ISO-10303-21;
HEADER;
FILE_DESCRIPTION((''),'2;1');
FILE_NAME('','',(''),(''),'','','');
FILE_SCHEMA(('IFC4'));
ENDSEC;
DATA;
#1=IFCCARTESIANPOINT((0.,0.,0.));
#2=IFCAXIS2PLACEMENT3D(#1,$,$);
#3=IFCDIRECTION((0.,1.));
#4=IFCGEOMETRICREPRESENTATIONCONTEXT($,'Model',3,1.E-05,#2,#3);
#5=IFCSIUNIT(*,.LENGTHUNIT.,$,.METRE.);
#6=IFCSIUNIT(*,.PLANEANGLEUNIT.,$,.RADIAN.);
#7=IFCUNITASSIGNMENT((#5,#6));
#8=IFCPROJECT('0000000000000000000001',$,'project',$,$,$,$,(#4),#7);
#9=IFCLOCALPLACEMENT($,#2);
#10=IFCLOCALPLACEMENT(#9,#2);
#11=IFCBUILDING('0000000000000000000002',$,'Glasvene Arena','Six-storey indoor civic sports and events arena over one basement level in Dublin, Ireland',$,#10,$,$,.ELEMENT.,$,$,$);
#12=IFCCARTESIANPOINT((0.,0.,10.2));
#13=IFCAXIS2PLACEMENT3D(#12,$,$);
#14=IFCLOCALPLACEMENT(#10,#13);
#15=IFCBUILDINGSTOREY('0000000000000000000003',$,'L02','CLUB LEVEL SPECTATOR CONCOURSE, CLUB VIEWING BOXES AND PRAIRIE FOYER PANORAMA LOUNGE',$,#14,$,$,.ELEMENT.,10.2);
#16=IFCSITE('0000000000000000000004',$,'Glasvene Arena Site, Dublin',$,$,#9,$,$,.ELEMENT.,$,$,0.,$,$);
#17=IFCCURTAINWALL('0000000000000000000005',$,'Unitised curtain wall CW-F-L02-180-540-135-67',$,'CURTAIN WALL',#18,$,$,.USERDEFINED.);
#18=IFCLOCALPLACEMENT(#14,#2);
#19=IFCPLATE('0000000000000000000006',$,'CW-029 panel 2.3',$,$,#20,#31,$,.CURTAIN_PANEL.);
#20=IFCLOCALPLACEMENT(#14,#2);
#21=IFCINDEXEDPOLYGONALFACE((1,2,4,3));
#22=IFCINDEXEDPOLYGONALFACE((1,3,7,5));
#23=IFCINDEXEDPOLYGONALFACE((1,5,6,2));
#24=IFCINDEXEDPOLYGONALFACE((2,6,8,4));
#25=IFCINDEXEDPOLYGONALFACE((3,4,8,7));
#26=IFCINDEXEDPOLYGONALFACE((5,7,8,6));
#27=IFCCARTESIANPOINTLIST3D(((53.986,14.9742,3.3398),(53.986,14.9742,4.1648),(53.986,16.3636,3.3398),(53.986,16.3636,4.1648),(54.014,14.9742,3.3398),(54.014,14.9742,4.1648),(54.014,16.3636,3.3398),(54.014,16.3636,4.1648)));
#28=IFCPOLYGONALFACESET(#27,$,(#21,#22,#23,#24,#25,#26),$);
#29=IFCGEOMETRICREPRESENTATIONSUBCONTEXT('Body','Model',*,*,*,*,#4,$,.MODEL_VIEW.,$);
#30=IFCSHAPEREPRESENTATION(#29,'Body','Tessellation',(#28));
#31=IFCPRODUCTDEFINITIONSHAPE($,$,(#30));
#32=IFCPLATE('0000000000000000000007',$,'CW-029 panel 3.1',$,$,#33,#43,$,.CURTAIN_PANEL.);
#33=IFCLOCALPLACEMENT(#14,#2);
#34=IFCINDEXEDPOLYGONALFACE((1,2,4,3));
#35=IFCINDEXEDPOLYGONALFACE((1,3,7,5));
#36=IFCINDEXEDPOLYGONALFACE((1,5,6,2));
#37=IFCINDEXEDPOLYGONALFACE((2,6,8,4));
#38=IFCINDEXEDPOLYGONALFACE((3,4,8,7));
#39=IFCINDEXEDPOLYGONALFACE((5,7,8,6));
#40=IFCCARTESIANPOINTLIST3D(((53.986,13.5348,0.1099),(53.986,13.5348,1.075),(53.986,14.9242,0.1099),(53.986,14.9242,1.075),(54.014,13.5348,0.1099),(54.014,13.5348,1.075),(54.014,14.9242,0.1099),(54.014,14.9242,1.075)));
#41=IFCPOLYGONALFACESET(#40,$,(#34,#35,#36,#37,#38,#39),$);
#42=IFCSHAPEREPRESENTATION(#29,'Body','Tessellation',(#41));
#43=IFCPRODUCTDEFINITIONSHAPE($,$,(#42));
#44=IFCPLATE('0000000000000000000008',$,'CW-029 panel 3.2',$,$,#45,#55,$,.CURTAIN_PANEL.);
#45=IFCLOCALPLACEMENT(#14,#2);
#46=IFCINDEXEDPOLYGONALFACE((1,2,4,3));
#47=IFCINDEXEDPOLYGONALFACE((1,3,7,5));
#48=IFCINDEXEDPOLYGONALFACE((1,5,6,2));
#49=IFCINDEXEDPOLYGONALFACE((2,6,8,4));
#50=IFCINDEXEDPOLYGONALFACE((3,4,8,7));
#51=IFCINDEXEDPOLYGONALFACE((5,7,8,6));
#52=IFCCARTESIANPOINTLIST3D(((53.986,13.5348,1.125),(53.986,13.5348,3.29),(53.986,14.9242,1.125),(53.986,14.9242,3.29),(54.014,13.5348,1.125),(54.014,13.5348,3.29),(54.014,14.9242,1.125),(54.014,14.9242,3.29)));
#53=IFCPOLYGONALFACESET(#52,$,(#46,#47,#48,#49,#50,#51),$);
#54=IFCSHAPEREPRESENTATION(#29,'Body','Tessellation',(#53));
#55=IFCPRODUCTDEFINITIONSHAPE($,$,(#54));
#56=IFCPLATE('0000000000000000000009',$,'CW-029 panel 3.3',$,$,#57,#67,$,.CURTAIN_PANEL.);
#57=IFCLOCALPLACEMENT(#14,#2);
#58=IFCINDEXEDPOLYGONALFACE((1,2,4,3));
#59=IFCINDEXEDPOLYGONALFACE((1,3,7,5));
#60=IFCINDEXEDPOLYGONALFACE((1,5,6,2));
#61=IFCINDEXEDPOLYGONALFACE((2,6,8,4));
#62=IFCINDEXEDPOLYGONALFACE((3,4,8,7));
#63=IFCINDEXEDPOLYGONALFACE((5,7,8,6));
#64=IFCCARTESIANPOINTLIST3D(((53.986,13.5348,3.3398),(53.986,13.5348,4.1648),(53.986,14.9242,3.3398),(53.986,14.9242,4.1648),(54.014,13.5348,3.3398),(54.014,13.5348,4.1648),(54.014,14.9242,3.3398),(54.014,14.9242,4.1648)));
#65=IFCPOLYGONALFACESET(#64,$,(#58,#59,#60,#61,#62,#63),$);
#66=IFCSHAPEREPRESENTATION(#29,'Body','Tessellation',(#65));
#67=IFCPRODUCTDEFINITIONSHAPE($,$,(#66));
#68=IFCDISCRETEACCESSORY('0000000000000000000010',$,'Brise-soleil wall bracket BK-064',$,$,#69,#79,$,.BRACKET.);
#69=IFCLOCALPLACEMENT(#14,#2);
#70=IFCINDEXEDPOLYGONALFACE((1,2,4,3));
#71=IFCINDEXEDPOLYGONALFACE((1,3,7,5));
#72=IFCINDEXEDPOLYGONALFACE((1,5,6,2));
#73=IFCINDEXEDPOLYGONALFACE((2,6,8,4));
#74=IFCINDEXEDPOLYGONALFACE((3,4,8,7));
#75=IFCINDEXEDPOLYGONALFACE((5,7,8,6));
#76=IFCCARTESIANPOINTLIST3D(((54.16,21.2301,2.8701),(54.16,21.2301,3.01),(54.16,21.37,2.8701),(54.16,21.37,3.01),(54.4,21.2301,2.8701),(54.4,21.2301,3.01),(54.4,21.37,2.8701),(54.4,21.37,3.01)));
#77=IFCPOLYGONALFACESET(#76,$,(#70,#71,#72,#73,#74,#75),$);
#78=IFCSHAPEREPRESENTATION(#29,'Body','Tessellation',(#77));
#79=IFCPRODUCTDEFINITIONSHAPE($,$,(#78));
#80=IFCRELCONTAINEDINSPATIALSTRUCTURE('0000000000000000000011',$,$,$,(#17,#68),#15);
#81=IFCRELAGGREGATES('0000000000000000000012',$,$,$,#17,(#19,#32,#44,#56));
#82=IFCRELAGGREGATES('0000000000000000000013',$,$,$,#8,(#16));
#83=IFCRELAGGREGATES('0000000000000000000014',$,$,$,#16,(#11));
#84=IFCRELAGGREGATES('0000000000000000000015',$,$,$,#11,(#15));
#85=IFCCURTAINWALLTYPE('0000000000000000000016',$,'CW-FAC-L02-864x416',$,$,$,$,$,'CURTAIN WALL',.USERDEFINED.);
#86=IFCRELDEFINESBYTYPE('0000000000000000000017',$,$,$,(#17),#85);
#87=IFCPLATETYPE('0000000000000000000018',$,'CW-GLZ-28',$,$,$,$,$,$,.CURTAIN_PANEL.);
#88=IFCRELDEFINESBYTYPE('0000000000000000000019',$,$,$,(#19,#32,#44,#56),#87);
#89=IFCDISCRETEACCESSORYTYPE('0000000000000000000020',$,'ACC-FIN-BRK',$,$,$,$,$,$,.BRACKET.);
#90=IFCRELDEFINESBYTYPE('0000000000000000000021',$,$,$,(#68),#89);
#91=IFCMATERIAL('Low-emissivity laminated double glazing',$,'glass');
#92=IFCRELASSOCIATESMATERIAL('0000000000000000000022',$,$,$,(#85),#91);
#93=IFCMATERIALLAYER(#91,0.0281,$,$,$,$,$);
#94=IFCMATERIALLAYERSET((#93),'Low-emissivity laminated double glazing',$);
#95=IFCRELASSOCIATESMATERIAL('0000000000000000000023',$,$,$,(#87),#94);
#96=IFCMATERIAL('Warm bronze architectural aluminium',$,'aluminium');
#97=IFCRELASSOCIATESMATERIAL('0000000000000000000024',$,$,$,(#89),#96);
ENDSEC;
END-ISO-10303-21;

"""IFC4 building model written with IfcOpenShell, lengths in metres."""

from ifc_helpers import new_model, si_unit, direction, frame, origin, origin_2d, place, context, subcontext, project, spatial, rectangle, extrude, material, layer, layer_set, type_object, element, aggregate, save


model = new_model("IFC4")

# Units and contexts
model_context = context("Model", 3, precision=1e-05, world=origin(), true_north=direction((0.0, 1.0)))
body_context = subcontext(model_context, "Body", "Model", "MODEL_VIEW")
ifc_project = project(units=[si_unit("LENGTHUNIT", "METRE"), si_unit("PLANEANGLEUNIT", "RADIAN")], contexts=[model_context])

# Site, building, storey
site_placement = place(None, origin())
site = spatial("IfcSite", under=ifc_project, at=site_placement, Name="Glasvene Arena Site, Dublin", CompositionType="ELEMENT", RefElevation=0.0)
building_placement = place(site_placement, origin())
building = spatial("IfcBuilding", under=site, at=building_placement, Name="Glasvene Arena", Description="Six-storey indoor civic sports and events arena over one basement level in Dublin, Ireland", CompositionType="ELEMENT")
storey_placement = place(building_placement, frame((0.0, 0.0, 10.2)))
storey = spatial("IfcBuildingStorey", under=building, at=storey_placement, Name="L02", Description="CLUB LEVEL SPECTATOR CONCOURSE, CLUB VIEWING BOXES AND PRAIRIE FOYER PANORAMA LOUNGE", CompositionType="ELEMENT", Elevation=10.2)

# Shared definitions
ifc_material_1 = material(Name="Low-emissivity laminated double glazing", Category="glass")

# Curtain wall
curtain_wall_type_1 = type_object("IfcCurtainWallType", Name="CW-FAC-L02-864x416", ElementType="CURTAIN WALL", PredefinedType="USERDEFINED", material=ifc_material_1)
curtain_wall_1_placement = place(storey_placement, frame((54.0, 17.8279, 0.0)))
curtain_wall_1 = element("IfcCurtainWall", 1, at=curtain_wall_1_placement, inside=storey, type_object=curtain_wall_type_1, Name="Unitised curtain wall CW-F-L02-180-540-135-67", ObjectType="CURTAIN WALL", PredefinedType="USERDEFINED")

# Plates
ifc_layer = layer(ifc_material_1, 0.0281)
ifc_layer_set = layer_set([ifc_layer], Name="Low-emissivity laminated double glazing")
plate_type = type_object("IfcPlateType", Name="CW-GLZ-28", PredefinedType="CURTAIN_PANEL", material=ifc_layer_set)
plate_1_placement = place(storey_placement, frame((54.0, 15.6689, 3.3398), z_axis=(0.0, 0.0, 1.0), x_axis=(0.0, -1.0, 0.0)))
plate_1 = element("IfcPlate", 2, at=plate_1_placement, type_object=plate_type, Name="CW-029 panel 2.3", PredefinedType="CURTAIN_PANEL", context=body_context, shape_type="SweptSolid", body=[
    extrude(rectangle(XDim=1.3894, YDim=0.0281, at=origin_2d()), origin(), (0.0, 0.0, 1.0), 0.825),
])
plate_2_placement = place(storey_placement, frame((54.0, 14.2295, 0.1099), z_axis=(0.0, 0.0, 1.0), x_axis=(0.0, -1.0, 0.0)))
plate_2 = element("IfcPlate", 3, at=plate_2_placement, type_object=plate_type, Name="CW-029 panel 3.1", PredefinedType="CURTAIN_PANEL", context=body_context, shape_type="SweptSolid", body=[
    extrude(rectangle(XDim=1.3894, YDim=0.0281, at=origin_2d()), origin(), (0.0, 0.0, 1.0), 0.9651),
])
plate_3_placement = place(storey_placement, frame((54.0, 14.2295, 1.125), z_axis=(0.0, 0.0, 1.0), x_axis=(0.0, -1.0, 0.0)))
plate_3 = element("IfcPlate", 4, at=plate_3_placement, type_object=plate_type, Name="CW-029 panel 3.2", PredefinedType="CURTAIN_PANEL", context=body_context, shape_type="SweptSolid", body=[
    extrude(rectangle(XDim=1.3894, YDim=0.0281, at=origin_2d()), origin(), (0.0, 0.0, 1.0), 2.165),
])
plate_4_placement = place(storey_placement, frame((54.0, 14.2295, 3.3398), z_axis=(0.0, 0.0, 1.0), x_axis=(0.0, -1.0, 0.0)))
plate_4 = element("IfcPlate", 5, at=plate_4_placement, type_object=plate_type, Name="CW-029 panel 3.3", PredefinedType="CURTAIN_PANEL", context=body_context, shape_type="SweptSolid", body=[
    extrude(rectangle(XDim=1.3894, YDim=0.0281, at=origin_2d()), origin(), (0.0, 0.0, 1.0), 0.825),
])
aggregate(curtain_wall_1, [plate_1, plate_2, plate_3, plate_4])

# Discrete accessory
ifc_material_2 = material(Name="Warm bronze architectural aluminium", Category="aluminium")
discrete_accessory_type = type_object("IfcDiscreteAccessoryType", Name="ACC-FIN-BRK", PredefinedType="BRACKET", material=ifc_material_2)
discrete_accessory_placement = place(storey_placement, frame((54.28, 21.3, 2.8701), z_axis=(0.0, 0.0, 1.0), x_axis=(0.0, -1.0, 0.0)))
element("IfcDiscreteAccessory", 6, at=discrete_accessory_placement, inside=storey, type_object=discrete_accessory_type, Name="Brise-soleil wall bracket BK-064", PredefinedType="BRACKET", context=body_context, shape_type="SweptSolid", body=[
    extrude(rectangle(XDim=0.1399, YDim=0.24, at=origin_2d()), origin(), (0.0, 0.0, 1.0), 0.1399),
])

save(model, "model.ifc")
